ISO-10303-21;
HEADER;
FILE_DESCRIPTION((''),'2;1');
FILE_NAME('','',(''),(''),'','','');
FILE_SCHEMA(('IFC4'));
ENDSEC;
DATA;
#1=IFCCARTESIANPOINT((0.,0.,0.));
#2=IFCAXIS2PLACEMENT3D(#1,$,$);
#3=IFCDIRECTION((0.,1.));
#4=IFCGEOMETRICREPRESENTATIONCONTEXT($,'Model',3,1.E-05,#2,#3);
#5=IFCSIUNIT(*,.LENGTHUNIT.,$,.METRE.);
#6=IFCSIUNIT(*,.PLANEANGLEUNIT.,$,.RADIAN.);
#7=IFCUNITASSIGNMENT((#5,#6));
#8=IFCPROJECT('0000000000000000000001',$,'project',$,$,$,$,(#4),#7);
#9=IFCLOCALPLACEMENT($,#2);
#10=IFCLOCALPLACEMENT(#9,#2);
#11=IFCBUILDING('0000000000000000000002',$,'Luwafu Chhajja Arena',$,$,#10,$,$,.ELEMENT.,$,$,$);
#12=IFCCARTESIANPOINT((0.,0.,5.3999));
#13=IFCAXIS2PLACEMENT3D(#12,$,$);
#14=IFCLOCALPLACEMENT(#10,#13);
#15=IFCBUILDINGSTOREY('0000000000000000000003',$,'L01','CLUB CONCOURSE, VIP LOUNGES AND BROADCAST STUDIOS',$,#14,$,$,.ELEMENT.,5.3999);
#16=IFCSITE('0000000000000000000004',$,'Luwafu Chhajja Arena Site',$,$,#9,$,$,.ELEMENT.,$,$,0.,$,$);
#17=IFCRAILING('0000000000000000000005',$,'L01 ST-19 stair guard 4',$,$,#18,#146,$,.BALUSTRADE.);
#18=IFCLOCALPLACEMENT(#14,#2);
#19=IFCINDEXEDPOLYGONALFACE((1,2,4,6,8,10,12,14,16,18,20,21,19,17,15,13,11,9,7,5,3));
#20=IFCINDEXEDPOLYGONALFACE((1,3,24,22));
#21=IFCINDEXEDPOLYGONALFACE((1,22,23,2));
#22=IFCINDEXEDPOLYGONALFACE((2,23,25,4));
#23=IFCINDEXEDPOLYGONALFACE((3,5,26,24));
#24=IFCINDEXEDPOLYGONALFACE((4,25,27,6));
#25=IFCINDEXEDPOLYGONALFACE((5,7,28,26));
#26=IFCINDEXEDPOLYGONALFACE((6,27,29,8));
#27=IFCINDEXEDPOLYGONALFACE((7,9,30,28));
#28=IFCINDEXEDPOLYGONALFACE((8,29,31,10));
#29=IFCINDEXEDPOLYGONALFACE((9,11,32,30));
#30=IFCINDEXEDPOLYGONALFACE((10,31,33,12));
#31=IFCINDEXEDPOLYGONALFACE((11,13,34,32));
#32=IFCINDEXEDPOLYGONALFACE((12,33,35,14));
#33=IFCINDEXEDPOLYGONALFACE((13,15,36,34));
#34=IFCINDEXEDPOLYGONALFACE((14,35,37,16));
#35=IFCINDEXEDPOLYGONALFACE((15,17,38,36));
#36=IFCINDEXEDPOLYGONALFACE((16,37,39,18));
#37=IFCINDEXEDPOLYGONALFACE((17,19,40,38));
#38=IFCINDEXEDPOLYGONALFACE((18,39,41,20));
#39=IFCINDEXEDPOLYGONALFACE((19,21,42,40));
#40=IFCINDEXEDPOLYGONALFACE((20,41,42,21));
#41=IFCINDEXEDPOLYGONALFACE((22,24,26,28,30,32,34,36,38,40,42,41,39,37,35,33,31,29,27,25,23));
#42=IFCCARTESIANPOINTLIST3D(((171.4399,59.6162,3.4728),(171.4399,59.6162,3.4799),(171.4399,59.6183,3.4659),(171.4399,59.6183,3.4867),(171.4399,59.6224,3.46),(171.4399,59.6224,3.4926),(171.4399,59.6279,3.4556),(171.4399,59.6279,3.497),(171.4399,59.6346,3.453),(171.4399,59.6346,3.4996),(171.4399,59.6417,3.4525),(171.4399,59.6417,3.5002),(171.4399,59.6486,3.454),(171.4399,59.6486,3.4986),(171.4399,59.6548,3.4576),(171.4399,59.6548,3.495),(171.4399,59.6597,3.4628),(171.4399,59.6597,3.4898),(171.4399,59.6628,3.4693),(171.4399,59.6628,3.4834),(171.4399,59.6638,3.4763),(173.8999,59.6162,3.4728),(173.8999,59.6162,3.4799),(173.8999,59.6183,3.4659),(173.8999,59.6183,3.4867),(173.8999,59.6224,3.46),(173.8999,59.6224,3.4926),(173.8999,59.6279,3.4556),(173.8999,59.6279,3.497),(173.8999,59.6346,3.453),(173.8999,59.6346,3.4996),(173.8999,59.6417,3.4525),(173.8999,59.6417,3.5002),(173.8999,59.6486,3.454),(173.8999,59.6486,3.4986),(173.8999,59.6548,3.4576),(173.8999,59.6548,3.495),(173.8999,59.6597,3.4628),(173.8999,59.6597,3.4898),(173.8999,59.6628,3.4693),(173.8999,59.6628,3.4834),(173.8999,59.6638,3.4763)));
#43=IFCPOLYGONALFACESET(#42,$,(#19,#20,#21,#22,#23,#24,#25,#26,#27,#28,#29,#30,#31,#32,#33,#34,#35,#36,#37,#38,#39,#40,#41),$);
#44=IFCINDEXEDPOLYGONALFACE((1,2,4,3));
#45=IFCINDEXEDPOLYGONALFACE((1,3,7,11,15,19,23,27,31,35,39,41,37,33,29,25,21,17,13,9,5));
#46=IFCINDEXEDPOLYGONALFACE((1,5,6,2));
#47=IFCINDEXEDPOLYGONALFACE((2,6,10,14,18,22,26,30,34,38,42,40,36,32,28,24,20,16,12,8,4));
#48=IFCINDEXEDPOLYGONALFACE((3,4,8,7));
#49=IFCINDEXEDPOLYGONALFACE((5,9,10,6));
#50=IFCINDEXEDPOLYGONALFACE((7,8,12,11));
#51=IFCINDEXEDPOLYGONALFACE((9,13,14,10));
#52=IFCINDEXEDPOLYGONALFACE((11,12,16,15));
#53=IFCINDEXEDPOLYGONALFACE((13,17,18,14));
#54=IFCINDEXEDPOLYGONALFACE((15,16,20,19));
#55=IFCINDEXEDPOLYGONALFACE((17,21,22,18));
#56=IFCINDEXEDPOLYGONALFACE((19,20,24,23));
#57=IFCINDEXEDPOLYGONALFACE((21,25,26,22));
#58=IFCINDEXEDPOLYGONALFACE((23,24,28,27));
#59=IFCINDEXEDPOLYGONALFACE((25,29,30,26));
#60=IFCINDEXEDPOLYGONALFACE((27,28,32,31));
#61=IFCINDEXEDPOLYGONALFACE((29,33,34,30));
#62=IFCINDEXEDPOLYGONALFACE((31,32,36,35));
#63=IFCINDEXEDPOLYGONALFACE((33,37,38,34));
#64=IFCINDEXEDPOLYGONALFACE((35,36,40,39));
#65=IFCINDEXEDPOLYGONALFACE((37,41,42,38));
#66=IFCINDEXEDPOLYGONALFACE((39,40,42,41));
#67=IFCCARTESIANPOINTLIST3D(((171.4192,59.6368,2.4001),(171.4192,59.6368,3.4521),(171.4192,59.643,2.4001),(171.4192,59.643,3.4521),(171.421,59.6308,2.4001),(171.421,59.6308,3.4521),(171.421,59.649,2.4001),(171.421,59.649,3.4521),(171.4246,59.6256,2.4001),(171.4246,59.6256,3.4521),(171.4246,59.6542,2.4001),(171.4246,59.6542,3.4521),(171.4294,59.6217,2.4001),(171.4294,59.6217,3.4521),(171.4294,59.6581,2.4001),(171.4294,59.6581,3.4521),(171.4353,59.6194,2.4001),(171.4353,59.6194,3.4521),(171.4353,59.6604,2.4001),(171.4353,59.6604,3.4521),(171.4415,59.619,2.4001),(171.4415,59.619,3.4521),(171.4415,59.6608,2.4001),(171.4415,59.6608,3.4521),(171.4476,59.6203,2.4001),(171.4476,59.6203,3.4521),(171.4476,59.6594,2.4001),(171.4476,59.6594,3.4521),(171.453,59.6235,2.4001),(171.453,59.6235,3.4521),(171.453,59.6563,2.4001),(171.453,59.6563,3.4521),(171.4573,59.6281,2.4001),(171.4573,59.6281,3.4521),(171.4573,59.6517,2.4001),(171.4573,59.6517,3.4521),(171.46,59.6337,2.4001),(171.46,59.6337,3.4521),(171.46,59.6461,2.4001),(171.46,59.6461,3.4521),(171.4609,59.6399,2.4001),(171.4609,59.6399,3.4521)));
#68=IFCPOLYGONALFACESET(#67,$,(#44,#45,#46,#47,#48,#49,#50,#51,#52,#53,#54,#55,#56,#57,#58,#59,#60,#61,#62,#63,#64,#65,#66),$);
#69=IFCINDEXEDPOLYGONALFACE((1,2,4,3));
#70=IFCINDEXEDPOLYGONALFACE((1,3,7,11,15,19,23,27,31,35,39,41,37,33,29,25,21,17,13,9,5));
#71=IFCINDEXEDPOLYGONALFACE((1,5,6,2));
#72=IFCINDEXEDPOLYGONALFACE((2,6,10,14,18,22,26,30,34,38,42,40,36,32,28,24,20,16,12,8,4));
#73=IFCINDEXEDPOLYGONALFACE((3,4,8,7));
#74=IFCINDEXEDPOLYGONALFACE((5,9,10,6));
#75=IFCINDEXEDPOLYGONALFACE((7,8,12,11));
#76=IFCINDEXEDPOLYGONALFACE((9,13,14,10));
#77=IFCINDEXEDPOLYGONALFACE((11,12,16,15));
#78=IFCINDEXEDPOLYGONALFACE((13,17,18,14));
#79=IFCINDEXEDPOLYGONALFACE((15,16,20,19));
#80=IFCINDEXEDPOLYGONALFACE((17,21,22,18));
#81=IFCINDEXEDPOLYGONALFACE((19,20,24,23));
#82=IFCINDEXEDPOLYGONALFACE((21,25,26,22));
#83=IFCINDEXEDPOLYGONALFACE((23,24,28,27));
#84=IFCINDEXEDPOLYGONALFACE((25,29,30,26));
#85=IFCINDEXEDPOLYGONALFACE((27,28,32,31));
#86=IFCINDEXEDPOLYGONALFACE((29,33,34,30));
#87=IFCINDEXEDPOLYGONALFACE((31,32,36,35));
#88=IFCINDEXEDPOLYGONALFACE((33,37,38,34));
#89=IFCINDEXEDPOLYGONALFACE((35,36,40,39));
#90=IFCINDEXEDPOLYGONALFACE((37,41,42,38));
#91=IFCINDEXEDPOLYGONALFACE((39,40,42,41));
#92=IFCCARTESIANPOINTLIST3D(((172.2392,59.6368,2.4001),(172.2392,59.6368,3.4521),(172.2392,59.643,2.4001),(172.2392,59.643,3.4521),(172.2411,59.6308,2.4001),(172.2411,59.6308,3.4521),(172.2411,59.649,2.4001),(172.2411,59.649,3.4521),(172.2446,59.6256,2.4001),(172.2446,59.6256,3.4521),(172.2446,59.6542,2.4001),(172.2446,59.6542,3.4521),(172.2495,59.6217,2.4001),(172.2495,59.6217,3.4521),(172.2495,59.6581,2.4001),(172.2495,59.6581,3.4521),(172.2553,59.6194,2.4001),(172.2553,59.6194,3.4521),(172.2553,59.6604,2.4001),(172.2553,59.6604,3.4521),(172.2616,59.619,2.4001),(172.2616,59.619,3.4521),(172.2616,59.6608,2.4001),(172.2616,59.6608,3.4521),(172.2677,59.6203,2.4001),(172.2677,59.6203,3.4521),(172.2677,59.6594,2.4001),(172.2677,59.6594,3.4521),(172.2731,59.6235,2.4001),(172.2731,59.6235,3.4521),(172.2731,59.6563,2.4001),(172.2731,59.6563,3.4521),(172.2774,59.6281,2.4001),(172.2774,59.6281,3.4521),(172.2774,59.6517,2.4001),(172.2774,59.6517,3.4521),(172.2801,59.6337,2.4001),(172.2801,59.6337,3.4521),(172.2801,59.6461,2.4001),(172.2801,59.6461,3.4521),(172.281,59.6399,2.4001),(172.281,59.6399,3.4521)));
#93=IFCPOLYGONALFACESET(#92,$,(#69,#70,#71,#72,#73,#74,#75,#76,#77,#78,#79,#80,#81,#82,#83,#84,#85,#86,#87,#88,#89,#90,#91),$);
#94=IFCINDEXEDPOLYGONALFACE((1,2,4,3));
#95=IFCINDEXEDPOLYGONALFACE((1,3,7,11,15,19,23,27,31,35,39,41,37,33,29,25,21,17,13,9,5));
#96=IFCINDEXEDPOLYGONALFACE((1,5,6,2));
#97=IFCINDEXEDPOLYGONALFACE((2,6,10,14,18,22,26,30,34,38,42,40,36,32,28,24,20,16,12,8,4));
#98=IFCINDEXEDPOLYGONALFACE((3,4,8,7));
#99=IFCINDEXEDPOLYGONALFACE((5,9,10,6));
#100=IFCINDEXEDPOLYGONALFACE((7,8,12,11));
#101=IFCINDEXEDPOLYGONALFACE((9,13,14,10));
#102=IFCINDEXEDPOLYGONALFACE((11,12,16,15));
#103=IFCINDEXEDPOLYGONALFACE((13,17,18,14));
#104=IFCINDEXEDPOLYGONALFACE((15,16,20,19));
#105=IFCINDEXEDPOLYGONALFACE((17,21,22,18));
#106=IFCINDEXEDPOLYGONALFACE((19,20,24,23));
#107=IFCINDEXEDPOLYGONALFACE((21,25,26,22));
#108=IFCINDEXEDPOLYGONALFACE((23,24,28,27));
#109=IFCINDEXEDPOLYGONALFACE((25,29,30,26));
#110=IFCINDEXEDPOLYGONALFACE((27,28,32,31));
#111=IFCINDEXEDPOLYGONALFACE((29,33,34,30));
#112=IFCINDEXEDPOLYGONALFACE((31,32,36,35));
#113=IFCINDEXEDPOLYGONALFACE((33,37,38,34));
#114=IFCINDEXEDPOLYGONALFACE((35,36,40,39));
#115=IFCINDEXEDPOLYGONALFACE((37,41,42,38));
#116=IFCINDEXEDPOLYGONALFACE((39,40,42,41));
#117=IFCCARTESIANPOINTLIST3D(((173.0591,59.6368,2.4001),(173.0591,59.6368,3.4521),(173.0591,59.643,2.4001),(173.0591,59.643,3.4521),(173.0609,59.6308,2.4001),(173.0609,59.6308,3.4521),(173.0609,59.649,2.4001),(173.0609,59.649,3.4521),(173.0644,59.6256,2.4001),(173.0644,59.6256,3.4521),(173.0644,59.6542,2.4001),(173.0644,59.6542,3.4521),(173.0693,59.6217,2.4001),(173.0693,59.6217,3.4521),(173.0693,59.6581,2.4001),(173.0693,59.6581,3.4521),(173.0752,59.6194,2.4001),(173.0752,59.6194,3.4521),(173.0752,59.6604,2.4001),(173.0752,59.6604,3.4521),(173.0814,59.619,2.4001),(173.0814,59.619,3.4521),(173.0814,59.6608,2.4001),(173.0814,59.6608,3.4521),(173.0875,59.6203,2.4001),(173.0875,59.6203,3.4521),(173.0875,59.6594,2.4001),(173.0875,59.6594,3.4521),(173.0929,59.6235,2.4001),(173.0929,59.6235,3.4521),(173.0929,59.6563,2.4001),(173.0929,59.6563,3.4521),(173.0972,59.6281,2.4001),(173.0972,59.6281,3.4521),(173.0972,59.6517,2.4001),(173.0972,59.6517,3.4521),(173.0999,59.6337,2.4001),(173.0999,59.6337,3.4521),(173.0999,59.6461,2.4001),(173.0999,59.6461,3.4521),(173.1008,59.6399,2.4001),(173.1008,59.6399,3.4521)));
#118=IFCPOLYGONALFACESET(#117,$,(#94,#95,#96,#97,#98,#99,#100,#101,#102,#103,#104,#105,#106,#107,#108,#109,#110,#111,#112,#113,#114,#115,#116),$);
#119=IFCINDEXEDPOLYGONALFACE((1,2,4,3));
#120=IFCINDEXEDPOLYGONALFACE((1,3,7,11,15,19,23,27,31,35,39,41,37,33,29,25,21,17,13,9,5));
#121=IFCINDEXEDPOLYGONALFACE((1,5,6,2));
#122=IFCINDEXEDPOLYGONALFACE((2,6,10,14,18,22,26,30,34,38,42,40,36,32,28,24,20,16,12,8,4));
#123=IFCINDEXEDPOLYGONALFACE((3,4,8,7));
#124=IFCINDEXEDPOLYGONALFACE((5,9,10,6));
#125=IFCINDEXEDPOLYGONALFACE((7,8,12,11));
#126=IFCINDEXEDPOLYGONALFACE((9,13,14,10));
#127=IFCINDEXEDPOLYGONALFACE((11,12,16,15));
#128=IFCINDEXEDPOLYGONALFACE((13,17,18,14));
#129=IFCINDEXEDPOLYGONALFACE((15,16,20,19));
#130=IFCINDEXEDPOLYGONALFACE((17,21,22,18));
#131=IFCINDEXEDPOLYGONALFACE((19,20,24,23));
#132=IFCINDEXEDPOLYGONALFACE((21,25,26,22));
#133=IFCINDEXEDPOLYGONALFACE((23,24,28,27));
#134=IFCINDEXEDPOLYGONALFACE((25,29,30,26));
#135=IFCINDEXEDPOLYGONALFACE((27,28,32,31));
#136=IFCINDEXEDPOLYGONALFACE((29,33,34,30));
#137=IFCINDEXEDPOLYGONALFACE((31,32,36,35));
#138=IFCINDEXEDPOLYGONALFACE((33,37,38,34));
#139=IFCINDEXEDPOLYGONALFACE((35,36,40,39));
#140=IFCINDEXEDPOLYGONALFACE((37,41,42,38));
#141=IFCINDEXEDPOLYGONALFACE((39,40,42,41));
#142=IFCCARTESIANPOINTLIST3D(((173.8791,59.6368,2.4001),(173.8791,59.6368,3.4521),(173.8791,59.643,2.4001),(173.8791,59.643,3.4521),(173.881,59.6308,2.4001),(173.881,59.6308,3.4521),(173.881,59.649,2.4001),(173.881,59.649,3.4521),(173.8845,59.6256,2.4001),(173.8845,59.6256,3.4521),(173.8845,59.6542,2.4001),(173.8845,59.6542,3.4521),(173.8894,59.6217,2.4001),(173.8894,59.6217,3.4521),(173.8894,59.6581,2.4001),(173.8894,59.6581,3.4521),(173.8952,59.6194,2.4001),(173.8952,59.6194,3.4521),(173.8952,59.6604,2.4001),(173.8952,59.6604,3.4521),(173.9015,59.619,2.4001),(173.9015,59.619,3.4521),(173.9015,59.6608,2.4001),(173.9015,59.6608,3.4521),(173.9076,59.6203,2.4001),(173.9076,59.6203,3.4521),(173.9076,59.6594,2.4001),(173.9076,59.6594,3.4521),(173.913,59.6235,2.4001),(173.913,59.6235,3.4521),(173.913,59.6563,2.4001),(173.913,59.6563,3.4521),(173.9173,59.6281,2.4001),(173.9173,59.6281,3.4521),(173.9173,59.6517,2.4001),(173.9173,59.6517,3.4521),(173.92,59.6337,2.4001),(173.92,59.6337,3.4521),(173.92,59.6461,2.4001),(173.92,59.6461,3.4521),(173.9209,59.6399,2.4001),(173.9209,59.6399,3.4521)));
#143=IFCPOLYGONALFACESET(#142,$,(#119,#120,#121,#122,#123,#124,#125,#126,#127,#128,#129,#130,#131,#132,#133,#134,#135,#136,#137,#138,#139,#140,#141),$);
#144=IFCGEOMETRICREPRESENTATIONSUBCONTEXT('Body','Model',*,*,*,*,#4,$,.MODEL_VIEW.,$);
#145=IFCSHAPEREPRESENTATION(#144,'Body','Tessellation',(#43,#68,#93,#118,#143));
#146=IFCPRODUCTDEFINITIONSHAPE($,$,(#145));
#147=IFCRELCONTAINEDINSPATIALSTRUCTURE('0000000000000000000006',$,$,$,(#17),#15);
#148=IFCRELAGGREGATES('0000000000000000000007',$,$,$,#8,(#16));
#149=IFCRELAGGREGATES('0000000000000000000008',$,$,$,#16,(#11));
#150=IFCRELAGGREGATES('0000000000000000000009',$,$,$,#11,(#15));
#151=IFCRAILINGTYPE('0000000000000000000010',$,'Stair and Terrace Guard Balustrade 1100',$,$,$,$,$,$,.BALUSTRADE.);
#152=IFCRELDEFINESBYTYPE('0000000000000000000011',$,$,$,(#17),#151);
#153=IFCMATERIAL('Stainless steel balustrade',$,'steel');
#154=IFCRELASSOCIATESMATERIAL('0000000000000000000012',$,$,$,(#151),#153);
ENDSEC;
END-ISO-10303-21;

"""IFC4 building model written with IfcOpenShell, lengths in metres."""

from ifc_helpers import new_model, si_unit, direction, frame, origin, origin_2d, place, context, subcontext, project, spatial, circle, extrude, material, type_object, element, save


model = new_model("IFC4")

# Units and contexts
model_context = context("Model", 3, precision=1e-05, world=origin(), true_north=direction((0.0, 1.0)))
body_context = subcontext(model_context, "Body", "Model", "MODEL_VIEW")
ifc_project = project(units=[si_unit("LENGTHUNIT", "METRE"), si_unit("PLANEANGLEUNIT", "RADIAN")], contexts=[model_context])

# Site, building, storey
site_placement = place(None, origin())
site = spatial("IfcSite", under=ifc_project, at=site_placement, Name="Luwafu Chhajja Arena Site", CompositionType="ELEMENT", RefElevation=0.0)
building_placement = place(site_placement, origin())
building = spatial("IfcBuilding", under=site, at=building_placement, Name="Luwafu Chhajja Arena", CompositionType="ELEMENT")
storey_placement = place(building_placement, frame((0.0, 0.0, 5.3999)))
storey = spatial("IfcBuildingStorey", under=building, at=storey_placement, Name="L01", Description="CLUB CONCOURSE, VIP LOUNGES AND BROADCAST STUDIOS", CompositionType="ELEMENT", Elevation=5.3999)

# Railing
ifc_material_1 = material(Name="Stainless steel balustrade", Category="steel")
railing_type_1 = type_object("IfcRailingType", Name="Stair and Terrace Guard Balustrade 1100", PredefinedType="BALUSTRADE", material=ifc_material_1)
for number, where, name in (
    (1, (171.4399, 59.6399, 2.4001), "L01 ST-19 stair guard 4"),
):
    element("IfcRailing", number, at=place(storey_placement, frame(where)), inside=storey, type_object=railing_type_1, Name=name, PredefinedType="BALUSTRADE", context=body_context, shape_type="SweptSolid", body=[
        extrude(circle(Radius=0.0239, at=origin_2d()), frame((0.0, 0.0, 1.0762), z_axis=(1.0, 0.0, 0.0), x_axis=(0.0, 1.0, 0.0)), (0.0, 0.0, 1.0), 2.46),
        extrude(circle(Radius=0.021, at=origin_2d()), origin(), (0.0, 0.0, 1.0), 1.052),
        extrude(circle(Radius=0.021, at=origin_2d()), frame((0.8201, 0.0, 0.0)), (0.0, 0.0, 1.0), 1.052),
        extrude(circle(Radius=0.021, at=origin_2d()), frame((1.6399, 0.0, 0.0)), (0.0, 0.0, 1.0), 1.052),
        extrude(circle(Radius=0.021, at=origin_2d()), frame((2.46, 0.0, 0.0)), (0.0, 0.0, 1.0), 1.052),
    ])

save(model, "model.ifc")
